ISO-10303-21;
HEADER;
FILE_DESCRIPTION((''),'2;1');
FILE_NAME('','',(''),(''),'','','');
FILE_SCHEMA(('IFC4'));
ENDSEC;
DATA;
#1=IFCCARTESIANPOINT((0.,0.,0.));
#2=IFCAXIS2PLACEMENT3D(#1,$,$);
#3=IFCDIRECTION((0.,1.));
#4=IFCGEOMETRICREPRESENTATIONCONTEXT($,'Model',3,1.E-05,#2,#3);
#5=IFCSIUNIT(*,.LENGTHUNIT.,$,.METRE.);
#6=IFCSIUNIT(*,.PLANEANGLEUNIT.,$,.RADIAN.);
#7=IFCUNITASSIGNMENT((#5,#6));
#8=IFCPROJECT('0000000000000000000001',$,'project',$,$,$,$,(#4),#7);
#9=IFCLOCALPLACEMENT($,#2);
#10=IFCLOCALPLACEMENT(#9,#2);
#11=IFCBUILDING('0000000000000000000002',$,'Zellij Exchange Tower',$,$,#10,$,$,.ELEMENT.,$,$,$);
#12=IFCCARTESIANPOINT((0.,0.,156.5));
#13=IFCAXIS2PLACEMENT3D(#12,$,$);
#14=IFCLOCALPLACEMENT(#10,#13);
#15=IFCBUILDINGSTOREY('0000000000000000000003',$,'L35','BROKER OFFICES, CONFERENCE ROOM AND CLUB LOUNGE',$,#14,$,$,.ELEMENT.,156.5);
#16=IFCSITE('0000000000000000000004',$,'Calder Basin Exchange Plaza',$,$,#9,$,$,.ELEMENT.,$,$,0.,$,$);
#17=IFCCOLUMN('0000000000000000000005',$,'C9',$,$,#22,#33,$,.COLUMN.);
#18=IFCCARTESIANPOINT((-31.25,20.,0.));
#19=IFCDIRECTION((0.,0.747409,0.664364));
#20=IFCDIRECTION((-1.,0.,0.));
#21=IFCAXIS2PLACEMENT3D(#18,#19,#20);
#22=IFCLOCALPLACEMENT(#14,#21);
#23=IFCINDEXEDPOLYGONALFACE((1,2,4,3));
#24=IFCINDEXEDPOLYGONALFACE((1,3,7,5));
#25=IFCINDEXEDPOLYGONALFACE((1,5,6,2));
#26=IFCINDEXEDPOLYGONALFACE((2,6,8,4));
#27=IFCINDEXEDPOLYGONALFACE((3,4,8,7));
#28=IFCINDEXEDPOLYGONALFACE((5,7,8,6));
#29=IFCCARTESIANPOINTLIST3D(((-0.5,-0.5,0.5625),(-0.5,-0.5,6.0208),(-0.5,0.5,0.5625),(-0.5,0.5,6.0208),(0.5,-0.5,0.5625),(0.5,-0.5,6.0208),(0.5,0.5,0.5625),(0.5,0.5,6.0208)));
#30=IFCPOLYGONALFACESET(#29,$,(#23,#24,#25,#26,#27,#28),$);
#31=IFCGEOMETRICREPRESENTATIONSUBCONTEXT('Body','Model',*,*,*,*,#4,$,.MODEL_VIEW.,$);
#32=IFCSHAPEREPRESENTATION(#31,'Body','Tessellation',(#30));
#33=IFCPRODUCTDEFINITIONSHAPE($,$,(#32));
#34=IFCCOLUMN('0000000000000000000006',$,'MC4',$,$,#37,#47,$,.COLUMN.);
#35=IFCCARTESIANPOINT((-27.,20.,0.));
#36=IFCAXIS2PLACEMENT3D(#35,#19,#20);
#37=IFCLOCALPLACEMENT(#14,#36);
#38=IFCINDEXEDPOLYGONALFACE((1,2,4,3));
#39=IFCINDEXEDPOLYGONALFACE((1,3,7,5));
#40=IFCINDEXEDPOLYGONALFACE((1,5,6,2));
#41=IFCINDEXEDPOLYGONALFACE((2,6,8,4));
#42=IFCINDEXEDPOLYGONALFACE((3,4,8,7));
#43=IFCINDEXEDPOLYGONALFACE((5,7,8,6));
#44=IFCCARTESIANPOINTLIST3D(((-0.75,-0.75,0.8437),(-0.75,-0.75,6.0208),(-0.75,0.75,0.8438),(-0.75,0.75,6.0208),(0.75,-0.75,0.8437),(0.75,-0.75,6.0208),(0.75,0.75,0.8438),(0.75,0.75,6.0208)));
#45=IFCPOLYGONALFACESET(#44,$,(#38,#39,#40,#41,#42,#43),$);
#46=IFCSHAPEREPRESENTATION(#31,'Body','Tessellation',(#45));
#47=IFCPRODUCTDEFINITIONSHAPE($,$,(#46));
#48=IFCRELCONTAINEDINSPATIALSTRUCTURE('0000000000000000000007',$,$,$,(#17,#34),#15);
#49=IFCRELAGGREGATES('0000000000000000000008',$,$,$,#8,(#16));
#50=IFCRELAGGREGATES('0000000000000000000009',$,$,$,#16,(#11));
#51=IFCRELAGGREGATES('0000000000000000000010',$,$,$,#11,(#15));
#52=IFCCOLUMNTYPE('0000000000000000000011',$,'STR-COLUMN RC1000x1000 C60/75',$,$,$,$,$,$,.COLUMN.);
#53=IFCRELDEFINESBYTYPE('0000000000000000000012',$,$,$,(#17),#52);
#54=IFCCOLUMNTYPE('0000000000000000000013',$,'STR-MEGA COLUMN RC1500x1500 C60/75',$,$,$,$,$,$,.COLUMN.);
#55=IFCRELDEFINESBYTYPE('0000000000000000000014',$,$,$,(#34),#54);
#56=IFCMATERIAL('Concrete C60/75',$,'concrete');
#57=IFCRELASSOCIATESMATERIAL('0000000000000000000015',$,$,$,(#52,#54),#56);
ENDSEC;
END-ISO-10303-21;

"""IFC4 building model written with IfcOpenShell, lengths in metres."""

from ifc_helpers import new_model, si_unit, direction, frame, origin, origin_2d, place, context, subcontext, project, spatial, rectangle, extrude, clip, halfspace, material, material_profile, profile_set, type_object, element, save


model = new_model("IFC4")

# Units and contexts
model_context = context("Model", 3, precision=1e-05, world=origin(), true_north=direction((0.0, 1.0)))
body_context = subcontext(model_context, "Body", "Model", "MODEL_VIEW")
ifc_project = project(units=[si_unit("LENGTHUNIT", "METRE"), si_unit("PLANEANGLEUNIT", "RADIAN")], contexts=[model_context])

# Site, building, storey
site_placement = place(None, origin())
site = spatial("IfcSite", under=ifc_project, at=site_placement, Name="Calder Basin Exchange Plaza", CompositionType="ELEMENT", RefElevation=0.0)
building_placement = place(site_placement, origin())
building = spatial("IfcBuilding", under=site, at=building_placement, Name="Zellij Exchange Tower", CompositionType="ELEMENT")
storey_placement = place(building_placement, frame((0.0, 0.0, 156.5)))
storey = spatial("IfcBuildingStorey", under=building, at=storey_placement, Name="L35", Description="BROKER OFFICES, CONFERENCE ROOM AND CLUB LOUNGE", CompositionType="ELEMENT", Elevation=156.5)

# Columns
ifc_material_1 = material(Name="Concrete C60/75", Category="concrete")
ifc_material_profile_1 = material_profile(ifc_material_1, rectangle(XDim=1.0, YDim=1.0, at=origin_2d()), Name="STR-COLUMN RC1000x1000 C60/75")
ifc_profile_set_1 = profile_set([ifc_material_profile_1], Name="Concrete C60/75")
column_type_1 = type_object("IfcColumnType", Name="STR-COLUMN RC1000x1000 C60/75", PredefinedType="COLUMN", material=ifc_profile_set_1)
column_1_placement = place(storey_placement, frame((-31.25, 20.0, 0.0), z_axis=(0.0, 0.747409, 0.664364), x_axis=(-1.0, 0.0, 0.0)))
element("IfcColumn", 1, at=column_1_placement, inside=storey, type_object=column_type_1, Name="C9", PredefinedType="COLUMN", context=body_context, shape_type="Clipping", body=[
    clip(extrude(rectangle(XDim=1.0, YDim=1.0, at=origin_2d()), origin(), (0.0, 0.0, 1.0), 6.0208), halfspace(frame((0.0, 0.0, 0.5625)), True)),
])
ifc_material_profile_2 = material_profile(ifc_material_1, rectangle(XDim=1.5, YDim=1.5, at=origin_2d()), Name="STR-MEGA COLUMN RC1500x1500 C60/75")
ifc_profile_set_2 = profile_set([ifc_material_profile_2], Name="Concrete C60/75")
column_type_2 = type_object("IfcColumnType", Name="STR-MEGA COLUMN RC1500x1500 C60/75", PredefinedType="COLUMN", material=ifc_profile_set_2)
column_2_placement = place(storey_placement, frame((-27.0, 20.0, 0.0), z_axis=(0.0, 0.747409, 0.664364), x_axis=(-1.0, 0.0, 0.0)))
element("IfcColumn", 2, at=column_2_placement, inside=storey, type_object=column_type_2, Name="MC4", PredefinedType="COLUMN", context=body_context, shape_type="Clipping", body=[
    clip(extrude(rectangle(XDim=1.5, YDim=1.5, at=origin_2d()), origin(), (0.0, 0.0, 1.0), 6.0208), halfspace(frame((0.0, 0.0, 0.8438)), True)),
])

save(model, "model.ifc")
